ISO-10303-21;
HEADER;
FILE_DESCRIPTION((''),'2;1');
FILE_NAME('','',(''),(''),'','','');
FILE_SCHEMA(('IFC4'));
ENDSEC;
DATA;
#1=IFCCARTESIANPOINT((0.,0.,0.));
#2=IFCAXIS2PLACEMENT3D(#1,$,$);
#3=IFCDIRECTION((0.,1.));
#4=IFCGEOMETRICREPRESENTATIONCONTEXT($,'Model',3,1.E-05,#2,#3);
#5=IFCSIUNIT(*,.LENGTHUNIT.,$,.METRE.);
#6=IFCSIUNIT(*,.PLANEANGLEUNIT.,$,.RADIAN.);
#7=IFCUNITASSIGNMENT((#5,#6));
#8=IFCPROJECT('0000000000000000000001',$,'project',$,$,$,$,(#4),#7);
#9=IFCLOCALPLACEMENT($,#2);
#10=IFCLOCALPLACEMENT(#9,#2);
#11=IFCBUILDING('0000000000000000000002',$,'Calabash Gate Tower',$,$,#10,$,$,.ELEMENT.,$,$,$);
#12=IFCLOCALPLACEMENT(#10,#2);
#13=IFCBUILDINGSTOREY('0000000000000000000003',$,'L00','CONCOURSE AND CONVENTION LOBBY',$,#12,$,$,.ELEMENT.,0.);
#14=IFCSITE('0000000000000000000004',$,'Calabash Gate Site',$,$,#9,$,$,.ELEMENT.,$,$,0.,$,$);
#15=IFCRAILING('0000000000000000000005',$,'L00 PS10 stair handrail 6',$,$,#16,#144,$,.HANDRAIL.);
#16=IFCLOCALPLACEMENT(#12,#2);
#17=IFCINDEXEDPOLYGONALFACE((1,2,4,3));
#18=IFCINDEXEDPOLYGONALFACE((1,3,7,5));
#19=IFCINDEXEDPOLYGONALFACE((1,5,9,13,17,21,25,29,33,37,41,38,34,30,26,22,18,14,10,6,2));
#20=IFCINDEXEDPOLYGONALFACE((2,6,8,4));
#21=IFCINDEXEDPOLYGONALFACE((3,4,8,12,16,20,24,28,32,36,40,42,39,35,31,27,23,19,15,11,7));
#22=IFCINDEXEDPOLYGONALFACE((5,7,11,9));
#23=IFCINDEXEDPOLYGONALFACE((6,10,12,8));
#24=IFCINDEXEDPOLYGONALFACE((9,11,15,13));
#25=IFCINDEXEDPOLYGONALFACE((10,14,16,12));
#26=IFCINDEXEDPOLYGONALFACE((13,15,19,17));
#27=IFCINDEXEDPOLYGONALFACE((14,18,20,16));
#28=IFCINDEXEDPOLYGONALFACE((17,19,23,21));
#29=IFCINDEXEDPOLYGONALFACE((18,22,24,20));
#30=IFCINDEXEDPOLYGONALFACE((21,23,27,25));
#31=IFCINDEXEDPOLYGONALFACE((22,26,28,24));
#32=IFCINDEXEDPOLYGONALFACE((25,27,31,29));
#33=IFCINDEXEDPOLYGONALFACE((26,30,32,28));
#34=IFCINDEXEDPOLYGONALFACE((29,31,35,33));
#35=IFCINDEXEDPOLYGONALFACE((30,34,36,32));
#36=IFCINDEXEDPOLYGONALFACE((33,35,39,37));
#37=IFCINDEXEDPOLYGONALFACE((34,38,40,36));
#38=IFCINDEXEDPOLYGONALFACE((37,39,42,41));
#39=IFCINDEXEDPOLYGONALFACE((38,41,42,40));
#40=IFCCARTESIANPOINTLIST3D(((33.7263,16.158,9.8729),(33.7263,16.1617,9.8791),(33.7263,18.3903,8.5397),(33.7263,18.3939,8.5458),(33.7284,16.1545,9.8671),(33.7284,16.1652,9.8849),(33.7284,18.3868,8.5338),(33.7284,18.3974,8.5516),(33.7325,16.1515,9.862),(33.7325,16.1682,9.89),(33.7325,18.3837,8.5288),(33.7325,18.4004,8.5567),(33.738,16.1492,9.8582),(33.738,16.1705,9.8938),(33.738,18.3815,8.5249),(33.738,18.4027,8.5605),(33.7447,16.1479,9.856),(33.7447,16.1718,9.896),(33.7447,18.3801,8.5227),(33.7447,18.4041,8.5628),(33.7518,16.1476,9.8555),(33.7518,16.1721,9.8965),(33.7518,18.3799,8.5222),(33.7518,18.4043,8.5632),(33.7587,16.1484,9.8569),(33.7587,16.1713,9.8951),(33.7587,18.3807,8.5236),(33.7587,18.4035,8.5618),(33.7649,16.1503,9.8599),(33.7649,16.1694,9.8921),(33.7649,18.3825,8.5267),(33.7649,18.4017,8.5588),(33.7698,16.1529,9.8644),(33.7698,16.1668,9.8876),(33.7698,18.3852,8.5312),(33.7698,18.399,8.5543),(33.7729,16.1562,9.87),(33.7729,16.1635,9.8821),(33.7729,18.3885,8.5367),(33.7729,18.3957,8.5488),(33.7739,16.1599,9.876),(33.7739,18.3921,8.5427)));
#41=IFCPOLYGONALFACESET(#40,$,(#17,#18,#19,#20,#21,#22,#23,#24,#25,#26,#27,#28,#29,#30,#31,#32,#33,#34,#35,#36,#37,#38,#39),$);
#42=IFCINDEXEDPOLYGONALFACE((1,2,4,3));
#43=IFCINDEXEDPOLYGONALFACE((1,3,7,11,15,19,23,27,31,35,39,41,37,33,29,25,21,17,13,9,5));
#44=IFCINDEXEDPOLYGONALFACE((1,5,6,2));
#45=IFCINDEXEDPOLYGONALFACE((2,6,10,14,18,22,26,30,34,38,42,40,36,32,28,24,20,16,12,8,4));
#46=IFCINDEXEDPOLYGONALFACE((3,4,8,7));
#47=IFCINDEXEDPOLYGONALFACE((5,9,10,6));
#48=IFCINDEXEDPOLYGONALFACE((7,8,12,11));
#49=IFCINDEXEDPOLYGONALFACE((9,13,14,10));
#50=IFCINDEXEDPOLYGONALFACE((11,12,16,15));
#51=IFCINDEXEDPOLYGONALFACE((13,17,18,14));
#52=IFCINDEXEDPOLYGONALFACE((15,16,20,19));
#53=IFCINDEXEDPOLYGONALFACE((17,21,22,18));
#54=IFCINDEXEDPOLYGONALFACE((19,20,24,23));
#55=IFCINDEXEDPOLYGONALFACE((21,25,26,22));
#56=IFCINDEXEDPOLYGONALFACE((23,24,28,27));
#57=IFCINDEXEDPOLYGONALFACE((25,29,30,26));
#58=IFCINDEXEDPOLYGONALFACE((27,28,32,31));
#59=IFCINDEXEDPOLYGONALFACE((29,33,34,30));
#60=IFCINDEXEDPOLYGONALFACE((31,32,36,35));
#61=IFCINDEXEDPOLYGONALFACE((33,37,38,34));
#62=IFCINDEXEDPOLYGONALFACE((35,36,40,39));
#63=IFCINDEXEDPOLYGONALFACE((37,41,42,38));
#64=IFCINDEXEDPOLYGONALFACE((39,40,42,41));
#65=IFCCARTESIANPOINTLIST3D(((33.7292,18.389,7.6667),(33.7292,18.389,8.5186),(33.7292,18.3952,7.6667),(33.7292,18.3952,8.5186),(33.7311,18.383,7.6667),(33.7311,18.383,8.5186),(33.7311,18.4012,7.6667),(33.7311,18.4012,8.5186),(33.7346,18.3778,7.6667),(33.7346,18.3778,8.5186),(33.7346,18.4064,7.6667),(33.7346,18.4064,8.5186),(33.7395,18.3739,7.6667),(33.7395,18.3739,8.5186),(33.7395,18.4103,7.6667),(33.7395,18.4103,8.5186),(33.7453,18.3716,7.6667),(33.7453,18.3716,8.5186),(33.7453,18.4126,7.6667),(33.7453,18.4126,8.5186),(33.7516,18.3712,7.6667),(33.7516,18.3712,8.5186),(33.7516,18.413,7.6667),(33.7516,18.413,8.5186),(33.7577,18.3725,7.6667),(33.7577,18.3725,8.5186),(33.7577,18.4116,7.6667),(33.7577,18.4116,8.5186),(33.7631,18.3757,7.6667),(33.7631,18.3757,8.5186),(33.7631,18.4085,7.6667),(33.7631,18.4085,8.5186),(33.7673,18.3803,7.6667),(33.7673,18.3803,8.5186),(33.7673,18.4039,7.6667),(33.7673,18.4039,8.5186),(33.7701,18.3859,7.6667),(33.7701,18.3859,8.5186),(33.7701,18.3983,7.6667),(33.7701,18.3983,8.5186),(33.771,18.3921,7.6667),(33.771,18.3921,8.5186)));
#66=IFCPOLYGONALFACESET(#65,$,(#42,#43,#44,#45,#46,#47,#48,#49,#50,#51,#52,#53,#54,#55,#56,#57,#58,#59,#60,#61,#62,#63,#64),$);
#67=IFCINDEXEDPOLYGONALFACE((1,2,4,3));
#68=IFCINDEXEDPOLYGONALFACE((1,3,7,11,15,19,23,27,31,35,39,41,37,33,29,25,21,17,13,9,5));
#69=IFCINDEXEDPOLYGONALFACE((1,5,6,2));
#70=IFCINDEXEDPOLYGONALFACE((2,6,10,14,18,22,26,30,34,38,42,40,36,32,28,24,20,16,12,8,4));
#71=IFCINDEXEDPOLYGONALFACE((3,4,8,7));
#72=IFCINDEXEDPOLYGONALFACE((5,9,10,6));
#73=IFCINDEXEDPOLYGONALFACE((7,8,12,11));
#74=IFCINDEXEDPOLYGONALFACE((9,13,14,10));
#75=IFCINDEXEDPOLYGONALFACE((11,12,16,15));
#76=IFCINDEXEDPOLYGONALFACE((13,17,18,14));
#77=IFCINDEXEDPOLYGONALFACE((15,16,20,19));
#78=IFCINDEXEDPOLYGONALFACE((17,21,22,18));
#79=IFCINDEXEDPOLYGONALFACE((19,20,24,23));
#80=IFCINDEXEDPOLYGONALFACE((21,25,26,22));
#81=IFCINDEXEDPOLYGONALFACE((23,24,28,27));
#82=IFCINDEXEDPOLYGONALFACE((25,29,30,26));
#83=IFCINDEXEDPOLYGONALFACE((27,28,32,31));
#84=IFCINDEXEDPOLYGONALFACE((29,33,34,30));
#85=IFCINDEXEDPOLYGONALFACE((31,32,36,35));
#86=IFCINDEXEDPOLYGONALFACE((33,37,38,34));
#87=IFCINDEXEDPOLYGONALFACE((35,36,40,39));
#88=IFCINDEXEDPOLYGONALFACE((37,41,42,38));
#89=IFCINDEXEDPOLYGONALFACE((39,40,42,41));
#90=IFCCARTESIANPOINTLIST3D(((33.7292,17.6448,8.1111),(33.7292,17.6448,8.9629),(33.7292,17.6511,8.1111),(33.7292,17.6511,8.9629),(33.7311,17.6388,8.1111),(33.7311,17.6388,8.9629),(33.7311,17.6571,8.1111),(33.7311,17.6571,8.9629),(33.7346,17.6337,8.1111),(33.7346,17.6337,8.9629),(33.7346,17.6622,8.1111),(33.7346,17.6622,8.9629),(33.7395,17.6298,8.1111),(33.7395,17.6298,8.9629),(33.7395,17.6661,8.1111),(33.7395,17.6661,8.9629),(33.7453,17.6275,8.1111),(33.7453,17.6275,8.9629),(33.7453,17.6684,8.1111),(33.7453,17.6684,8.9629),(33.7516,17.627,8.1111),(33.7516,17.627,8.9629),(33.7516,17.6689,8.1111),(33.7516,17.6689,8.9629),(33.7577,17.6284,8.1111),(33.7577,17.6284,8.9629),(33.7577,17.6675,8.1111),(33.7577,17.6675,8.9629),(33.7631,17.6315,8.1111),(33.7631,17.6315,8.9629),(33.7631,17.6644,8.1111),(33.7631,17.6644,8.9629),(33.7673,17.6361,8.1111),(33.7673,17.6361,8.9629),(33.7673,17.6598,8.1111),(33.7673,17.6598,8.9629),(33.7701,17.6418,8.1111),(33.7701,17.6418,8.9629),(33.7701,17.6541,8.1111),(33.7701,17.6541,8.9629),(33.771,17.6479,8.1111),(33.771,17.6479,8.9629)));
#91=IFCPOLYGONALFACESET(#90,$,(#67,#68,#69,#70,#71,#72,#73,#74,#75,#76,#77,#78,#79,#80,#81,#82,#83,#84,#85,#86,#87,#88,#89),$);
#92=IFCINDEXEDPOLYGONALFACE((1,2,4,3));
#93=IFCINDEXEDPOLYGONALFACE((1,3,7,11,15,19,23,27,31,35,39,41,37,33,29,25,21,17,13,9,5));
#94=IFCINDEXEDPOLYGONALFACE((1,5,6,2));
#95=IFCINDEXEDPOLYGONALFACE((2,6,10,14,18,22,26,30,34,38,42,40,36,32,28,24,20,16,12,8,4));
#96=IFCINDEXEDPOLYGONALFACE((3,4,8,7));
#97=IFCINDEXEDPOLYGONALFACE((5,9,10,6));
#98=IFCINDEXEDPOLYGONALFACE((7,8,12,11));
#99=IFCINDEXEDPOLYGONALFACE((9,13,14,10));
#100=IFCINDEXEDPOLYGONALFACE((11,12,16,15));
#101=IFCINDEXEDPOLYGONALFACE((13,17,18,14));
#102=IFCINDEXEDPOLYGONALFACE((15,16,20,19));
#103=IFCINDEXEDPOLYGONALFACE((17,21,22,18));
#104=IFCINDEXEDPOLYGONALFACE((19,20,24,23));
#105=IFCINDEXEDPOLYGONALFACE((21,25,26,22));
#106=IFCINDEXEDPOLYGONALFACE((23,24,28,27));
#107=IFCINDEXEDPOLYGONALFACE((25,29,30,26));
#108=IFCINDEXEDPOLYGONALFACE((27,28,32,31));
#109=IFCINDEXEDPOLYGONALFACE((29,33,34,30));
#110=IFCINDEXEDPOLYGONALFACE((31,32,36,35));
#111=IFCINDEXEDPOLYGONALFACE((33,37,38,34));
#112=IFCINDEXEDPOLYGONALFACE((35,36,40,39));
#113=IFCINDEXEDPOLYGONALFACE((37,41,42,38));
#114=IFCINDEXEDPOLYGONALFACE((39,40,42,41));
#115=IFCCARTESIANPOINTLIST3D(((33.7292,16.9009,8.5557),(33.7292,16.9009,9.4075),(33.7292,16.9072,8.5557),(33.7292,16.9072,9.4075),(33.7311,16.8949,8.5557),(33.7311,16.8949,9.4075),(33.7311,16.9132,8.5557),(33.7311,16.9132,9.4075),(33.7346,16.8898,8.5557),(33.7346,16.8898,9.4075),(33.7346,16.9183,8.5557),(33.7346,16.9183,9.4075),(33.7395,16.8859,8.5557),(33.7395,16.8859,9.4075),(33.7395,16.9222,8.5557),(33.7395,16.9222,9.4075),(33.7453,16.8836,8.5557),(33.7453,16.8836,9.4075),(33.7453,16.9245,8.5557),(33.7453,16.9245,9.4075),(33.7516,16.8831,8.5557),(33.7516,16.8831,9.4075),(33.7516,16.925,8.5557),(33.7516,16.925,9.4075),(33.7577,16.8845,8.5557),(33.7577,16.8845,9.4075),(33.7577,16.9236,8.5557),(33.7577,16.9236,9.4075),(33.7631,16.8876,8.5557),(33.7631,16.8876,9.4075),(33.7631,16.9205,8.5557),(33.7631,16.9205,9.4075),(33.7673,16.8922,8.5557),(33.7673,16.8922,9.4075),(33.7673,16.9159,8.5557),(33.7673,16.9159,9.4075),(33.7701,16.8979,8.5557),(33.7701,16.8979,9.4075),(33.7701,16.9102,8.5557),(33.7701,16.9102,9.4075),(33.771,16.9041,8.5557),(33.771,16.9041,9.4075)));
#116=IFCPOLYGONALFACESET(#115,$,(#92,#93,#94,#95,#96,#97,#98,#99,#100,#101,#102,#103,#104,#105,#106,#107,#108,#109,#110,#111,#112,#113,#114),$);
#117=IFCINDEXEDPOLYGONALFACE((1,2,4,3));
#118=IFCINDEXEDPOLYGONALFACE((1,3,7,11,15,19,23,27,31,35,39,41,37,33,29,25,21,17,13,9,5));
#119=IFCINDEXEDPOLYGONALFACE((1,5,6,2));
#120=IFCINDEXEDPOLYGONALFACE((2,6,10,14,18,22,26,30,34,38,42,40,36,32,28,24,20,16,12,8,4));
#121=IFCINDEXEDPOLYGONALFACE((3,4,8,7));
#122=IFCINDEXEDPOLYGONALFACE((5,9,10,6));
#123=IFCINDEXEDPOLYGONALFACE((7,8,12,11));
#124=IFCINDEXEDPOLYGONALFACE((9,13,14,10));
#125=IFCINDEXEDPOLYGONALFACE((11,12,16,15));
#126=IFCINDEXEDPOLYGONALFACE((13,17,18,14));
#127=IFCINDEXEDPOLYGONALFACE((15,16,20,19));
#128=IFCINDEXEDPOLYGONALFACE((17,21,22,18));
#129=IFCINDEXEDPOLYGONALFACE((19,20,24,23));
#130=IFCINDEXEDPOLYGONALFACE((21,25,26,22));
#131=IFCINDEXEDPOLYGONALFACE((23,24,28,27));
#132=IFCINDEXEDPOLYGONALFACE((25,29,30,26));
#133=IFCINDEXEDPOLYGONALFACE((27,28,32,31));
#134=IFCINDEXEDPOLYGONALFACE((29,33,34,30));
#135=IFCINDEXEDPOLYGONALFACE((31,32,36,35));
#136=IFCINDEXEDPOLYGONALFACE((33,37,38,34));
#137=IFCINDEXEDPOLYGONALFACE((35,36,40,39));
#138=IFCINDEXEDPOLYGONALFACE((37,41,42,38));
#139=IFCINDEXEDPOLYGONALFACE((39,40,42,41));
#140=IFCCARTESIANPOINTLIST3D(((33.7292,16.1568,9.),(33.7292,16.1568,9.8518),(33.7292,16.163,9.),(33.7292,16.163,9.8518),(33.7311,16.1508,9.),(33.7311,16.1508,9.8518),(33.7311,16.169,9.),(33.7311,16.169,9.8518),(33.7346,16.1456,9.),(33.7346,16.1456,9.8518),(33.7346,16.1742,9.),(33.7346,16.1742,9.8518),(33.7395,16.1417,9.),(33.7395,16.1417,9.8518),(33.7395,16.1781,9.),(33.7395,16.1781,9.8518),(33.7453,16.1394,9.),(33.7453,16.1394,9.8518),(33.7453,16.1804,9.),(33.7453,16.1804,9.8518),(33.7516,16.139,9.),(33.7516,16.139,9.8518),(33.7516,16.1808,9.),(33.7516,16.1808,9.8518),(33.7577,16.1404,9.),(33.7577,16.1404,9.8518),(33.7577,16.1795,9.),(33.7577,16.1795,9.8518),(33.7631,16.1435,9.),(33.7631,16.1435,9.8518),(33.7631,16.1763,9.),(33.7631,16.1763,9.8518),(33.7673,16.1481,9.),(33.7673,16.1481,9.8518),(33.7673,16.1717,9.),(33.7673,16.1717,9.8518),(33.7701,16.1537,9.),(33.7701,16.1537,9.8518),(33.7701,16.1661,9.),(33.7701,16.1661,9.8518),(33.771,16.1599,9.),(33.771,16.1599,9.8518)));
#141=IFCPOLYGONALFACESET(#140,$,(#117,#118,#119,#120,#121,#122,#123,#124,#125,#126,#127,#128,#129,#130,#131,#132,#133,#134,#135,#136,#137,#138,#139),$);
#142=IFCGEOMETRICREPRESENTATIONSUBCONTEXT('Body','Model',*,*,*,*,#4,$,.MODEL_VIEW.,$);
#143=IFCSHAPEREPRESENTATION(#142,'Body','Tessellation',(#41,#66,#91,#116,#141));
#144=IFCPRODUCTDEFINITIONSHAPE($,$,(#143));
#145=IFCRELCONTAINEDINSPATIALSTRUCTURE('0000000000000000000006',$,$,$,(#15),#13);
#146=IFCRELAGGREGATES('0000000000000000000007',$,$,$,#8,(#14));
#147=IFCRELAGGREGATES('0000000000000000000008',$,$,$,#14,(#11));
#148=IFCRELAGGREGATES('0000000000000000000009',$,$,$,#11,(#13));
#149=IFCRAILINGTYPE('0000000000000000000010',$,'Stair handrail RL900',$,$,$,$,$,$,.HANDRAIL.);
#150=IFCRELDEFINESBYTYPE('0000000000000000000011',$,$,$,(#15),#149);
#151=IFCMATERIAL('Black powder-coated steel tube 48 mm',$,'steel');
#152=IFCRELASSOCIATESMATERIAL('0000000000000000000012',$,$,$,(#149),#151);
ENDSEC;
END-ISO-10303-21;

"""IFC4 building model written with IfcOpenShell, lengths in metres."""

from ifc_helpers import new_model, si_unit, direction, frame, origin, origin_2d, place, context, subcontext, project, spatial, circle, extrude, material, type_object, element, save


model = new_model("IFC4")

# Units and contexts
model_context = context("Model", 3, precision=1e-05, world=origin(), true_north=direction((0.0, 1.0)))
body_context = subcontext(model_context, "Body", "Model", "MODEL_VIEW")
ifc_project = project(units=[si_unit("LENGTHUNIT", "METRE"), si_unit("PLANEANGLEUNIT", "RADIAN")], contexts=[model_context])

# Site, building, storey
site_placement = place(None, origin())
site = spatial("IfcSite", under=ifc_project, at=site_placement, Name="Calabash Gate Site", CompositionType="ELEMENT", RefElevation=0.0)
building_placement = place(site_placement, origin())
building = spatial("IfcBuilding", under=site, at=building_placement, Name="Calabash Gate Tower", CompositionType="ELEMENT")
storey_placement = place(building_placement, origin())
storey = spatial("IfcBuildingStorey", under=building, at=storey_placement, Name="L00", Description="CONCOURSE AND CONVENTION LOBBY", CompositionType="ELEMENT", Elevation=0.0)

# Railing
ifc_material_1 = material(Name="Black powder-coated steel tube 48 mm", Category="steel")
railing_type_1 = type_object("IfcRailingType", Name="Stair handrail RL900", PredefinedType="HANDRAIL", material=ifc_material_1)
for number, where, name in (
    (1, (33.75, 18.3921, 7.6667), "L00 PS10 stair handrail 6"),
):
    element("IfcRailing", number, at=place(storey_placement, frame(where)), inside=storey, type_object=railing_type_1, Name=name, PredefinedType="HANDRAIL", context=body_context, shape_type="SweptSolid", body=[
        extrude(circle(Radius=0.0239, at=origin_2d()), frame((0.0, 0.0, 0.876), z_axis=(0.0, -0.858519, 0.512782), x_axis=(1.0, 0.0, 0.0)), (0.0, 0.0, 1.0), 2.6001),
        extrude(circle(Radius=0.021, at=origin_2d()), origin(), (0.0, 0.0, 1.0), 0.8518),
        extrude(circle(Radius=0.021, at=origin_2d()), frame((0.0, -0.7441, 0.4443)), (0.0, 0.0, 1.0), 0.8518),
        extrude(circle(Radius=0.021, at=origin_2d()), frame((0.0, -1.488, 0.8889)), (0.0, 0.0, 1.0), 0.8518),
        extrude(circle(Radius=0.021, at=origin_2d()), frame((0.0, -2.2322, 1.3333)), (0.0, 0.0, 1.0), 0.8518),
    ])

save(model, "model.ifc")
